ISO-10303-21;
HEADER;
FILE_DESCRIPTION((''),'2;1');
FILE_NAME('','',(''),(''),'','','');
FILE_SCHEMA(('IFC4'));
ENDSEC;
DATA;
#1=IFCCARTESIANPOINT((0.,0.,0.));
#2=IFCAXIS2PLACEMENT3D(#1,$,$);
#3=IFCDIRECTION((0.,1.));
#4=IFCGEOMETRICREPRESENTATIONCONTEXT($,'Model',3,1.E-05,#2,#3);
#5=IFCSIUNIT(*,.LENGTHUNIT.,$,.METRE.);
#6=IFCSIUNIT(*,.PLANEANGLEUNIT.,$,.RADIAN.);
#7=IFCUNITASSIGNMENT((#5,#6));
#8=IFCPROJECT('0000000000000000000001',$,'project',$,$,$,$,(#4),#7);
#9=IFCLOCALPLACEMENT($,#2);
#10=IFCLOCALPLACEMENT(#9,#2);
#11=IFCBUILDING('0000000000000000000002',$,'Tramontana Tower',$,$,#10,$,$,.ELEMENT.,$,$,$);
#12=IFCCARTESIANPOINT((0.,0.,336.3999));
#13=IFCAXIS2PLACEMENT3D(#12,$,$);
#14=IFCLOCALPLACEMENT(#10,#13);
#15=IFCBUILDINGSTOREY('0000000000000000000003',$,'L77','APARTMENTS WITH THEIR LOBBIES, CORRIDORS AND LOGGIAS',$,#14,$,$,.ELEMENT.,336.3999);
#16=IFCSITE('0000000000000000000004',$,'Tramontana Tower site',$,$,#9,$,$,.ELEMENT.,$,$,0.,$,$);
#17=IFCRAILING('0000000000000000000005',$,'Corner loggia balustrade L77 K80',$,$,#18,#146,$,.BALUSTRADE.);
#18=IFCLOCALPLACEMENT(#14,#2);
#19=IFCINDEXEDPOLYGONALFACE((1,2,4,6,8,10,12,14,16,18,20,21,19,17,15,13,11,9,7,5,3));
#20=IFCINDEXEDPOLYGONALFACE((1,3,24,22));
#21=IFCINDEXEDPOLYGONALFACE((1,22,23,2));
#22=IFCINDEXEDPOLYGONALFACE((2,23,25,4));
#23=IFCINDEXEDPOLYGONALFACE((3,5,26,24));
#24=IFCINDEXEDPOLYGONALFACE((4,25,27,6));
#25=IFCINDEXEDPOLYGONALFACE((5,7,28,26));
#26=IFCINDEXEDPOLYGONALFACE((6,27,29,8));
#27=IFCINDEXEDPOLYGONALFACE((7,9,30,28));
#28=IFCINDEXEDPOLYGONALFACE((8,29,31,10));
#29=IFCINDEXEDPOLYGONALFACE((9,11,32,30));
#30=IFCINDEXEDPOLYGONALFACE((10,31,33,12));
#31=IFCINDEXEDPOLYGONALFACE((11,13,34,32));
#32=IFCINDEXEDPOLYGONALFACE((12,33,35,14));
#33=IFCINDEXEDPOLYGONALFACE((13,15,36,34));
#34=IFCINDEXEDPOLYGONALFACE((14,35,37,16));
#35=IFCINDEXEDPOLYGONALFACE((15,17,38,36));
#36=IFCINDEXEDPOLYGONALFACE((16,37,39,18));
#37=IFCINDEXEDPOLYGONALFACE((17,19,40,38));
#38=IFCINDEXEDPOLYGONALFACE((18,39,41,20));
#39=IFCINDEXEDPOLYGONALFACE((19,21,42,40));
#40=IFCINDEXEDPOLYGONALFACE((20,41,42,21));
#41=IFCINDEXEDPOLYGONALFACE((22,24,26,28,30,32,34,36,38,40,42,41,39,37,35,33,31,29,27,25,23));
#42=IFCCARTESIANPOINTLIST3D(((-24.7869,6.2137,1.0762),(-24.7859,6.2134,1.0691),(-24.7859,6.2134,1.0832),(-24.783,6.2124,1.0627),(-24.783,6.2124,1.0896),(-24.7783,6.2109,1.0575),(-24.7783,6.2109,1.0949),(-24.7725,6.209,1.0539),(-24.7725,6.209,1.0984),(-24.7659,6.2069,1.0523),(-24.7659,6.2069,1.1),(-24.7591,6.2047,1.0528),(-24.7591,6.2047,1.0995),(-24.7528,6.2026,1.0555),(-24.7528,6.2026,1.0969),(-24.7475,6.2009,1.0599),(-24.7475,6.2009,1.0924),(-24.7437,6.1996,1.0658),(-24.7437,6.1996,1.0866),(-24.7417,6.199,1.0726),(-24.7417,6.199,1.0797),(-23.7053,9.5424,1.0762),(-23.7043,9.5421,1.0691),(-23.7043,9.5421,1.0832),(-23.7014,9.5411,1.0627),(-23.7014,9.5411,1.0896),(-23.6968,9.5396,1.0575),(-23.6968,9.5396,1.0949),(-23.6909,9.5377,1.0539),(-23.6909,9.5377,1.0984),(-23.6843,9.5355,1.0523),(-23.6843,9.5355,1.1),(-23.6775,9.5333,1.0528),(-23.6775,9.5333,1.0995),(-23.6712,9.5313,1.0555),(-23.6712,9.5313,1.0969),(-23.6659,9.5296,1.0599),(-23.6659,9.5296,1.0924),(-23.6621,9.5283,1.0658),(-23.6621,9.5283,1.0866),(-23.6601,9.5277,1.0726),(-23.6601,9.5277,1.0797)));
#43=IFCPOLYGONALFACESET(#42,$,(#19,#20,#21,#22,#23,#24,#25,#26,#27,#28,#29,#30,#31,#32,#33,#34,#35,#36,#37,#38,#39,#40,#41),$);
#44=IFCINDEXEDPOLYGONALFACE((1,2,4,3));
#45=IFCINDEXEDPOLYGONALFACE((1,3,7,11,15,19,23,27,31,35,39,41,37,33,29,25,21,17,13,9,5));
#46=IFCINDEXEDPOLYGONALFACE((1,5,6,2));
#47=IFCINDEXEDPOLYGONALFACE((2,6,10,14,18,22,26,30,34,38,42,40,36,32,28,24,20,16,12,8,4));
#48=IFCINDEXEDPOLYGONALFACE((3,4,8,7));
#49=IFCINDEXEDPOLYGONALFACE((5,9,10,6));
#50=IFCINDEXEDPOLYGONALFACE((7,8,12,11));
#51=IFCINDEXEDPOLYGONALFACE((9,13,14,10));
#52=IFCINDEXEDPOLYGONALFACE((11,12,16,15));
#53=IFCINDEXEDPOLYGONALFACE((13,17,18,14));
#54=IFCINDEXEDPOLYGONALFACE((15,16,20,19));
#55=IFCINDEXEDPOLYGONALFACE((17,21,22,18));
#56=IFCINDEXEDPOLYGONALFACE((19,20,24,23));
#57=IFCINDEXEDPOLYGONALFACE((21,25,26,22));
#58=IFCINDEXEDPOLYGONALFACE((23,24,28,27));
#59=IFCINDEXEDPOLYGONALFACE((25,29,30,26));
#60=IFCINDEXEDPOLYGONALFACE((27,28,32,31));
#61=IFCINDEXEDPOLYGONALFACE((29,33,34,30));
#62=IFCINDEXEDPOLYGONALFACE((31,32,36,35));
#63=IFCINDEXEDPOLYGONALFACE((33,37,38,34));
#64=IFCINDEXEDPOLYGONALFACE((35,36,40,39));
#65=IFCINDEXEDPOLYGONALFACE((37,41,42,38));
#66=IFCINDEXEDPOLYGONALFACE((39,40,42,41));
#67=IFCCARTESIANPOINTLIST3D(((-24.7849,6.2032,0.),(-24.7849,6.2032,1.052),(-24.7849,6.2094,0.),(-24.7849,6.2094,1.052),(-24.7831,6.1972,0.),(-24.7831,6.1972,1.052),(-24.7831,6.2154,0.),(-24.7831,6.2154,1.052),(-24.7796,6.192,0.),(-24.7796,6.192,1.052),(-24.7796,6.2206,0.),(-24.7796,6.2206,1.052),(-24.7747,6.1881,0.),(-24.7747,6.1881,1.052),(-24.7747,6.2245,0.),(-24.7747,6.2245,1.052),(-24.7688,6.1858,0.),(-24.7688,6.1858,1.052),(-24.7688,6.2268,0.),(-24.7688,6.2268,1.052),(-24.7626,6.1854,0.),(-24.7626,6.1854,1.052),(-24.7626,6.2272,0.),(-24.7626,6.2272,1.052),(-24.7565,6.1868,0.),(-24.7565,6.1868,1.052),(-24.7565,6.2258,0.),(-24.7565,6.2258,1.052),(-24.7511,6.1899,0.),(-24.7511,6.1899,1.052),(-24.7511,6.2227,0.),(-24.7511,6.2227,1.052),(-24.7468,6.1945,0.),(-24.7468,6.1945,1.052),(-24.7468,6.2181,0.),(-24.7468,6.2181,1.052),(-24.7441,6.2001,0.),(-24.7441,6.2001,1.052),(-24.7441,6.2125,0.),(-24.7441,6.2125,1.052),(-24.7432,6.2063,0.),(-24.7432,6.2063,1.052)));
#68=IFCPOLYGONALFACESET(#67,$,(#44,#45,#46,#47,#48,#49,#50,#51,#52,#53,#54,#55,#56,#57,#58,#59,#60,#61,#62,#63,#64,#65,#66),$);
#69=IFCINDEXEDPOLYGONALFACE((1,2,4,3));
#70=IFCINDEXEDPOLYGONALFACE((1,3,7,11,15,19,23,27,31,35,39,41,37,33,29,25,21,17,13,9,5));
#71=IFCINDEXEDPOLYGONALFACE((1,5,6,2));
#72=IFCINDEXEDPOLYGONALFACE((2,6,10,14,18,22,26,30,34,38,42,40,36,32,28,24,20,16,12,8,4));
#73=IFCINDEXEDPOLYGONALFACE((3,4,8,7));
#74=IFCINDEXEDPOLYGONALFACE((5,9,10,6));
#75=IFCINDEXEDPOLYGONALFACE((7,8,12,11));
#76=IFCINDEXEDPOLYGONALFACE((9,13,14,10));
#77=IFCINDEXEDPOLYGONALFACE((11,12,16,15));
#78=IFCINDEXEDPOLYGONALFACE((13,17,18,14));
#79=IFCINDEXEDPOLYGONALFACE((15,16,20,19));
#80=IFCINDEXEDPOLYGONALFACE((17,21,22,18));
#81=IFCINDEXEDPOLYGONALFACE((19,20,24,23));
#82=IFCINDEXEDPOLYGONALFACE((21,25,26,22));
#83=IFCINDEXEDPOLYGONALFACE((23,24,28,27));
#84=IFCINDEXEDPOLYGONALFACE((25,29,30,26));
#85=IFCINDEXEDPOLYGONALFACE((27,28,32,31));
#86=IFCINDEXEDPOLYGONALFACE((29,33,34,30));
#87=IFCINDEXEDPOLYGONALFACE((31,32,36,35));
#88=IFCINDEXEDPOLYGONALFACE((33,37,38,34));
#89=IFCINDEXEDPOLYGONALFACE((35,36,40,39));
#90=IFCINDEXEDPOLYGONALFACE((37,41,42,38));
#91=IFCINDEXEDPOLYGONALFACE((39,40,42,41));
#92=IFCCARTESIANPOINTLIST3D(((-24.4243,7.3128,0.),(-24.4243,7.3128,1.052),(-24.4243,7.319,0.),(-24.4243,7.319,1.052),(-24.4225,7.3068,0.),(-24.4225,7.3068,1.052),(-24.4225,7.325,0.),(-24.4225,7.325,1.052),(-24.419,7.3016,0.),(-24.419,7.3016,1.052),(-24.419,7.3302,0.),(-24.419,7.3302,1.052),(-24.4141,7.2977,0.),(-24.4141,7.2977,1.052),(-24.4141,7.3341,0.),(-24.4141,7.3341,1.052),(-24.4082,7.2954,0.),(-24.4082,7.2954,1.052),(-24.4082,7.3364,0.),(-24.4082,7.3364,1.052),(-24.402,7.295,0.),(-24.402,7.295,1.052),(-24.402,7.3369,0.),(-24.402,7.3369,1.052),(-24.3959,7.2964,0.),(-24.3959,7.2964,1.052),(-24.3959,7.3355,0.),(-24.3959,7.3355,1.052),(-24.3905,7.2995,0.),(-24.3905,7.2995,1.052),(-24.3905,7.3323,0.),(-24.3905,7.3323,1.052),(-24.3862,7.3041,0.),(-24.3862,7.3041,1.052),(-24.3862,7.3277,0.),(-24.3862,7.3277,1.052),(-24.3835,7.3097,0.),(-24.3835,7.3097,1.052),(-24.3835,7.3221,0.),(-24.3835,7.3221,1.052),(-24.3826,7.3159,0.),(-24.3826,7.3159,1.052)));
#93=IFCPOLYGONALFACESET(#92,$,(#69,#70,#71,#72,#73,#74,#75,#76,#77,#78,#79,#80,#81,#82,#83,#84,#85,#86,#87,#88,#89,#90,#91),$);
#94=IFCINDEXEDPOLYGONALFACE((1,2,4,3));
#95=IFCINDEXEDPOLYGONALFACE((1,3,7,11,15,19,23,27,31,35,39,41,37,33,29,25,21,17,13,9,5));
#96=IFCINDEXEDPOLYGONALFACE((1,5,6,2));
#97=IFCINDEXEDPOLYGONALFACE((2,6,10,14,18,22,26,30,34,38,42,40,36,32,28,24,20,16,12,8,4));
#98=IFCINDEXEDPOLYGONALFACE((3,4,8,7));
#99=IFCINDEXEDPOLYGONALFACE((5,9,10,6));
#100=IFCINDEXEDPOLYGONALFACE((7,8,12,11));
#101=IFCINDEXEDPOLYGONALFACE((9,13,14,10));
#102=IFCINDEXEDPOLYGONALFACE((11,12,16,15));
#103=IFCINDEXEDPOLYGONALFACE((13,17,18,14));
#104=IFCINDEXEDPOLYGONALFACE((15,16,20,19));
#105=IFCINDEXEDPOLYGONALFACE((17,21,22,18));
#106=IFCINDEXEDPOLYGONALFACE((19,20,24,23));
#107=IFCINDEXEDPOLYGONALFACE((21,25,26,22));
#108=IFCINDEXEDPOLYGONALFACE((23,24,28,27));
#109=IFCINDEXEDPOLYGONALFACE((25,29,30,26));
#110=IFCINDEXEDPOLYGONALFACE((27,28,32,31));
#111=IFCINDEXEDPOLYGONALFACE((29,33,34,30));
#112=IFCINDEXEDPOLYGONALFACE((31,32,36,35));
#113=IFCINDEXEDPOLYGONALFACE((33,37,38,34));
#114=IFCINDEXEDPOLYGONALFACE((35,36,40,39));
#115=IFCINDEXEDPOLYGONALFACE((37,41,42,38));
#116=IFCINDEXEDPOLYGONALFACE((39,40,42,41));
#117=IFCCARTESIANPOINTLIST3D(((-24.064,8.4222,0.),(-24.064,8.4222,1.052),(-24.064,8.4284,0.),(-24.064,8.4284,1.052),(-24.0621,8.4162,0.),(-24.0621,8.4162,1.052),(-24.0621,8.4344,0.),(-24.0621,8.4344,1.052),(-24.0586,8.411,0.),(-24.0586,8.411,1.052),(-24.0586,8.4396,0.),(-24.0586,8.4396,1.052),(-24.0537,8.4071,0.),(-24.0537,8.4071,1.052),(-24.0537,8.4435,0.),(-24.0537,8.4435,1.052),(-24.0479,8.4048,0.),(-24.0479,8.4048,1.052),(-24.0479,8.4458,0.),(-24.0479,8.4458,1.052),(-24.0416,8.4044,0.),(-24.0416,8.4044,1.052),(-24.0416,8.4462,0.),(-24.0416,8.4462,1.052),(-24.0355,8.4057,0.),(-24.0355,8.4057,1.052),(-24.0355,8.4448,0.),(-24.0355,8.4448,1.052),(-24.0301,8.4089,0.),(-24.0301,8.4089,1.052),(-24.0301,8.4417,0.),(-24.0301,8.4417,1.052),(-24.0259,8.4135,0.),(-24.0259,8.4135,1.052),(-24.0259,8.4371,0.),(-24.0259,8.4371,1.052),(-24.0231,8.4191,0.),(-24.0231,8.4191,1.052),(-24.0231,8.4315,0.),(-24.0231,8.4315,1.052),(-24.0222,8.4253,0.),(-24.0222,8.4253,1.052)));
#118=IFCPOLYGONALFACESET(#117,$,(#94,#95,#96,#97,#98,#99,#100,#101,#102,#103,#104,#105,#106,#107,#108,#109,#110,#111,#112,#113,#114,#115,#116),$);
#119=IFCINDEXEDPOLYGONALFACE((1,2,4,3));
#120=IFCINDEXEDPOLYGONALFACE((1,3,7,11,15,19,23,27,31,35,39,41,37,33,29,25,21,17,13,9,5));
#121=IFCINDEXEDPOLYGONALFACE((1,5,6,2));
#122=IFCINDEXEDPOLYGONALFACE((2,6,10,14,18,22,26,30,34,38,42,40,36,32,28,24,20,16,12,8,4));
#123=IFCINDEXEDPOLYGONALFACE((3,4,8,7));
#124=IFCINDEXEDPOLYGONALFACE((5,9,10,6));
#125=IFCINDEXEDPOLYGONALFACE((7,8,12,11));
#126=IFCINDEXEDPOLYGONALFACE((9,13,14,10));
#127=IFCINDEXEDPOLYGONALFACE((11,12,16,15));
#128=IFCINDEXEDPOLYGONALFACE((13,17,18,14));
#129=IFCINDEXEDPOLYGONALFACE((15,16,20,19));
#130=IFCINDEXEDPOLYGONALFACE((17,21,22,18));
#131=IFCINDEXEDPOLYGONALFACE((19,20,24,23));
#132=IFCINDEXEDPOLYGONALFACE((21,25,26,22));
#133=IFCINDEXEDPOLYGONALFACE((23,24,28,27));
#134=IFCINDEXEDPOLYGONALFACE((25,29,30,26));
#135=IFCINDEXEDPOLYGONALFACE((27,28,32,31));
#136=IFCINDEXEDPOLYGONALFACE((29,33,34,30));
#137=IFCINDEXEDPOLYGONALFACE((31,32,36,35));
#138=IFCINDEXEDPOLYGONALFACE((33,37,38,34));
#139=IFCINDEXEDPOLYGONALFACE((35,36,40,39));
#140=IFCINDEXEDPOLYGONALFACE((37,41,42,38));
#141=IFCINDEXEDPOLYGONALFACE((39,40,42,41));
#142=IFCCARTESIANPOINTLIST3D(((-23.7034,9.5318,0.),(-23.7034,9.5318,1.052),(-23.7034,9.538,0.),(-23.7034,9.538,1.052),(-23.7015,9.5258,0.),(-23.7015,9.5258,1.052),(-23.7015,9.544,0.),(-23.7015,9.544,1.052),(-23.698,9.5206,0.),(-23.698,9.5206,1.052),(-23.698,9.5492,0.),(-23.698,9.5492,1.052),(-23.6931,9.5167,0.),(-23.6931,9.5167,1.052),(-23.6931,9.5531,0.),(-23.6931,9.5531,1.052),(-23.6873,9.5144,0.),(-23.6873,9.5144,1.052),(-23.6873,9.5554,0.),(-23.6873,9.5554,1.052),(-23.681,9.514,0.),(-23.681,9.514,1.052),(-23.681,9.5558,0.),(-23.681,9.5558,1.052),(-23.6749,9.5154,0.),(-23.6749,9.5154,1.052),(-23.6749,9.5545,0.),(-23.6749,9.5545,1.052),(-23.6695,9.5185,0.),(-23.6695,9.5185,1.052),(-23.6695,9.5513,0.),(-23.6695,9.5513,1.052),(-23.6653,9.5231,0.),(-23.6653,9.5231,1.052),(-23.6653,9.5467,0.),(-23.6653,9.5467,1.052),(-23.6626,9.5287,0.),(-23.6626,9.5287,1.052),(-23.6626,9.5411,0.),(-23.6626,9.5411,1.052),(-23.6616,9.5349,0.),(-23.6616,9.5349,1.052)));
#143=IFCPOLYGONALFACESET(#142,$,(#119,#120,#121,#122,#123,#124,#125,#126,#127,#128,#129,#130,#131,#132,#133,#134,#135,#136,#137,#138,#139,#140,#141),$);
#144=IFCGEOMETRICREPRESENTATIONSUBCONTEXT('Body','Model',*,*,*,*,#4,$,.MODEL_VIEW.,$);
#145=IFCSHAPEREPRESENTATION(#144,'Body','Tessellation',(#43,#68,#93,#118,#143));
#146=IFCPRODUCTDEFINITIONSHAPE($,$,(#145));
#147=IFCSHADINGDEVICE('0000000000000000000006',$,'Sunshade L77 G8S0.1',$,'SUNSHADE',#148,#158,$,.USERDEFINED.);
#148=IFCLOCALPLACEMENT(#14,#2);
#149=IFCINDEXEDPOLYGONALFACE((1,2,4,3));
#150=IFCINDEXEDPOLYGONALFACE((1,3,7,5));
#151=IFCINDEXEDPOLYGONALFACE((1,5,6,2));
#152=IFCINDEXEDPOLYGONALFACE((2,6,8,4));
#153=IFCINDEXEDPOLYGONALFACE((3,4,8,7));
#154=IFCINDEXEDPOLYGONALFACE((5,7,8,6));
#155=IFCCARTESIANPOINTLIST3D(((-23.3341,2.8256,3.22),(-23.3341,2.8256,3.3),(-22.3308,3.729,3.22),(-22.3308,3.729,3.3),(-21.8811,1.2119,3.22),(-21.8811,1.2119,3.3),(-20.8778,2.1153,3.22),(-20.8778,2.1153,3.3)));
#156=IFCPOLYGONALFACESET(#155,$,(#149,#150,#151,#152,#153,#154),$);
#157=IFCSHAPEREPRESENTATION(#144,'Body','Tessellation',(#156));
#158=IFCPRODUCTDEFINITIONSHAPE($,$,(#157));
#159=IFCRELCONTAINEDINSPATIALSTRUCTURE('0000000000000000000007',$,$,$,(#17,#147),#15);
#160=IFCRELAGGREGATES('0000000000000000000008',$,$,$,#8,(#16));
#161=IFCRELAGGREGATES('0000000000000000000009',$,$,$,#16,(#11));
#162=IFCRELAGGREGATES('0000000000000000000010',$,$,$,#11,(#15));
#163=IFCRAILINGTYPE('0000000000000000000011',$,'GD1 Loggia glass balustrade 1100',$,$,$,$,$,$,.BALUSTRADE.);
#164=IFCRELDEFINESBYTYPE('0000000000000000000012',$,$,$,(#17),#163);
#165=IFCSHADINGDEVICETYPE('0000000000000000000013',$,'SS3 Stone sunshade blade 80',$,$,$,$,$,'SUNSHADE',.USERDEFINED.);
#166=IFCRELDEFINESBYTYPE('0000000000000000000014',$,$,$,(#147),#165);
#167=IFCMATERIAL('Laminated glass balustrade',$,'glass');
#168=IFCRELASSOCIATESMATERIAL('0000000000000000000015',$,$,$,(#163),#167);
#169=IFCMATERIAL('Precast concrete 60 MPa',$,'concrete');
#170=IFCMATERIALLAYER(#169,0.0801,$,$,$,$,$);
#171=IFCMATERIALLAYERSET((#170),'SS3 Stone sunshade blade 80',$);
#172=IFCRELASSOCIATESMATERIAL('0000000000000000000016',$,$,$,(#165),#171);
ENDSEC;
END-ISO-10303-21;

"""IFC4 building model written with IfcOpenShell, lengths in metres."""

from ifc_helpers import new_model, si_unit, direction, frame, origin, origin_2d, place, context, subcontext, project, spatial, rectangle, circle, extrude, material, layer, layer_set, type_object, element, save


model = new_model("IFC4")

# Units and contexts
model_context = context("Model", 3, precision=1e-05, world=origin(), true_north=direction((0.0, 1.0)))
body_context = subcontext(model_context, "Body", "Model", "MODEL_VIEW")
ifc_project = project(units=[si_unit("LENGTHUNIT", "METRE"), si_unit("PLANEANGLEUNIT", "RADIAN")], contexts=[model_context])

# Site, building, storey
site_placement = place(None, origin())
site = spatial("IfcSite", under=ifc_project, at=site_placement, Name="Tramontana Tower site", CompositionType="ELEMENT", RefElevation=0.0)
building_placement = place(site_placement, origin())
building = spatial("IfcBuilding", under=site, at=building_placement, Name="Tramontana Tower", CompositionType="ELEMENT")
storey_placement = place(building_placement, frame((0.0, 0.0, 336.3999)))
storey = spatial("IfcBuildingStorey", under=building, at=storey_placement, Name="L77", Description="APARTMENTS WITH THEIR LOBBIES, CORRIDORS AND LOGGIAS", CompositionType="ELEMENT", Elevation=336.3999)

# Railing
ifc_material_1 = material(Name="Laminated glass balustrade", Category="glass")
railing_type = type_object("IfcRailingType", Name="GD1 Loggia glass balustrade 1100", PredefinedType="BALUSTRADE", material=ifc_material_1)
railing_1_placement = place(storey_placement, frame((-24.7642, 6.2063, 0.0)))
element("IfcRailing", 1, at=railing_1_placement, inside=storey, type_object=railing_type, Name="Corner loggia balustrade L77 K80", PredefinedType="BALUSTRADE", context=body_context, shape_type="SweptSolid", body=[
    extrude(circle(Radius=0.0239, at=origin_2d()), frame((0.0, 0.0, 1.0762), z_axis=(0.30902, 0.951056, 0.0), x_axis=(-0.951056, 0.30902, 0.0)), (0.0, 0.0, 1.0), 3.5),
    extrude(circle(Radius=0.021, at=origin_2d()), origin(), (0.0, 0.0, 1.0), 1.052),
    extrude(circle(Radius=0.021, at=origin_2d()), frame((0.3606, 1.1096, 0.0)), (0.0, 0.0, 1.0), 1.052),
    extrude(circle(Radius=0.021, at=origin_2d()), frame((0.7209, 2.219, 0.0)), (0.0, 0.0, 1.0), 1.052),
    extrude(circle(Radius=0.021, at=origin_2d()), frame((1.0815, 3.3286, 0.0)), (0.0, 0.0, 1.0), 1.052),
])

# Shading device
ifc_material_2 = material(Name="Precast concrete 60 MPa", Category="concrete")
ifc_layer_1 = layer(ifc_material_2, 0.0801)
ifc_layer_set_1 = layer_set([ifc_layer_1], Name="SS3 Stone sunshade blade 80")
shading_device_type = type_object("IfcShadingDeviceType", Name="SS3 Stone sunshade blade 80", ElementType="SUNSHADE", PredefinedType="USERDEFINED", material=ifc_layer_set_1)
shading_device_placement = place(storey_placement, frame((-22.106, 2.4705, 3.22), z_axis=(0.0, 0.0, 1.0), x_axis=(0.669131, -0.743145, 0.0)))
element("IfcShadingDevice", 2, at=shading_device_placement, inside=storey, type_object=shading_device_type, Name="Sunshade L77 G8S0.1", ObjectType="SUNSHADE", PredefinedType="USERDEFINED", context=body_context, shape_type="SweptSolid", body=[
    extrude(rectangle(XDim=2.1714, YDim=1.3501, at=origin_2d()), origin(), (0.0, 0.0, 1.0), 0.0801),
])

save(model, "model.ifc")
